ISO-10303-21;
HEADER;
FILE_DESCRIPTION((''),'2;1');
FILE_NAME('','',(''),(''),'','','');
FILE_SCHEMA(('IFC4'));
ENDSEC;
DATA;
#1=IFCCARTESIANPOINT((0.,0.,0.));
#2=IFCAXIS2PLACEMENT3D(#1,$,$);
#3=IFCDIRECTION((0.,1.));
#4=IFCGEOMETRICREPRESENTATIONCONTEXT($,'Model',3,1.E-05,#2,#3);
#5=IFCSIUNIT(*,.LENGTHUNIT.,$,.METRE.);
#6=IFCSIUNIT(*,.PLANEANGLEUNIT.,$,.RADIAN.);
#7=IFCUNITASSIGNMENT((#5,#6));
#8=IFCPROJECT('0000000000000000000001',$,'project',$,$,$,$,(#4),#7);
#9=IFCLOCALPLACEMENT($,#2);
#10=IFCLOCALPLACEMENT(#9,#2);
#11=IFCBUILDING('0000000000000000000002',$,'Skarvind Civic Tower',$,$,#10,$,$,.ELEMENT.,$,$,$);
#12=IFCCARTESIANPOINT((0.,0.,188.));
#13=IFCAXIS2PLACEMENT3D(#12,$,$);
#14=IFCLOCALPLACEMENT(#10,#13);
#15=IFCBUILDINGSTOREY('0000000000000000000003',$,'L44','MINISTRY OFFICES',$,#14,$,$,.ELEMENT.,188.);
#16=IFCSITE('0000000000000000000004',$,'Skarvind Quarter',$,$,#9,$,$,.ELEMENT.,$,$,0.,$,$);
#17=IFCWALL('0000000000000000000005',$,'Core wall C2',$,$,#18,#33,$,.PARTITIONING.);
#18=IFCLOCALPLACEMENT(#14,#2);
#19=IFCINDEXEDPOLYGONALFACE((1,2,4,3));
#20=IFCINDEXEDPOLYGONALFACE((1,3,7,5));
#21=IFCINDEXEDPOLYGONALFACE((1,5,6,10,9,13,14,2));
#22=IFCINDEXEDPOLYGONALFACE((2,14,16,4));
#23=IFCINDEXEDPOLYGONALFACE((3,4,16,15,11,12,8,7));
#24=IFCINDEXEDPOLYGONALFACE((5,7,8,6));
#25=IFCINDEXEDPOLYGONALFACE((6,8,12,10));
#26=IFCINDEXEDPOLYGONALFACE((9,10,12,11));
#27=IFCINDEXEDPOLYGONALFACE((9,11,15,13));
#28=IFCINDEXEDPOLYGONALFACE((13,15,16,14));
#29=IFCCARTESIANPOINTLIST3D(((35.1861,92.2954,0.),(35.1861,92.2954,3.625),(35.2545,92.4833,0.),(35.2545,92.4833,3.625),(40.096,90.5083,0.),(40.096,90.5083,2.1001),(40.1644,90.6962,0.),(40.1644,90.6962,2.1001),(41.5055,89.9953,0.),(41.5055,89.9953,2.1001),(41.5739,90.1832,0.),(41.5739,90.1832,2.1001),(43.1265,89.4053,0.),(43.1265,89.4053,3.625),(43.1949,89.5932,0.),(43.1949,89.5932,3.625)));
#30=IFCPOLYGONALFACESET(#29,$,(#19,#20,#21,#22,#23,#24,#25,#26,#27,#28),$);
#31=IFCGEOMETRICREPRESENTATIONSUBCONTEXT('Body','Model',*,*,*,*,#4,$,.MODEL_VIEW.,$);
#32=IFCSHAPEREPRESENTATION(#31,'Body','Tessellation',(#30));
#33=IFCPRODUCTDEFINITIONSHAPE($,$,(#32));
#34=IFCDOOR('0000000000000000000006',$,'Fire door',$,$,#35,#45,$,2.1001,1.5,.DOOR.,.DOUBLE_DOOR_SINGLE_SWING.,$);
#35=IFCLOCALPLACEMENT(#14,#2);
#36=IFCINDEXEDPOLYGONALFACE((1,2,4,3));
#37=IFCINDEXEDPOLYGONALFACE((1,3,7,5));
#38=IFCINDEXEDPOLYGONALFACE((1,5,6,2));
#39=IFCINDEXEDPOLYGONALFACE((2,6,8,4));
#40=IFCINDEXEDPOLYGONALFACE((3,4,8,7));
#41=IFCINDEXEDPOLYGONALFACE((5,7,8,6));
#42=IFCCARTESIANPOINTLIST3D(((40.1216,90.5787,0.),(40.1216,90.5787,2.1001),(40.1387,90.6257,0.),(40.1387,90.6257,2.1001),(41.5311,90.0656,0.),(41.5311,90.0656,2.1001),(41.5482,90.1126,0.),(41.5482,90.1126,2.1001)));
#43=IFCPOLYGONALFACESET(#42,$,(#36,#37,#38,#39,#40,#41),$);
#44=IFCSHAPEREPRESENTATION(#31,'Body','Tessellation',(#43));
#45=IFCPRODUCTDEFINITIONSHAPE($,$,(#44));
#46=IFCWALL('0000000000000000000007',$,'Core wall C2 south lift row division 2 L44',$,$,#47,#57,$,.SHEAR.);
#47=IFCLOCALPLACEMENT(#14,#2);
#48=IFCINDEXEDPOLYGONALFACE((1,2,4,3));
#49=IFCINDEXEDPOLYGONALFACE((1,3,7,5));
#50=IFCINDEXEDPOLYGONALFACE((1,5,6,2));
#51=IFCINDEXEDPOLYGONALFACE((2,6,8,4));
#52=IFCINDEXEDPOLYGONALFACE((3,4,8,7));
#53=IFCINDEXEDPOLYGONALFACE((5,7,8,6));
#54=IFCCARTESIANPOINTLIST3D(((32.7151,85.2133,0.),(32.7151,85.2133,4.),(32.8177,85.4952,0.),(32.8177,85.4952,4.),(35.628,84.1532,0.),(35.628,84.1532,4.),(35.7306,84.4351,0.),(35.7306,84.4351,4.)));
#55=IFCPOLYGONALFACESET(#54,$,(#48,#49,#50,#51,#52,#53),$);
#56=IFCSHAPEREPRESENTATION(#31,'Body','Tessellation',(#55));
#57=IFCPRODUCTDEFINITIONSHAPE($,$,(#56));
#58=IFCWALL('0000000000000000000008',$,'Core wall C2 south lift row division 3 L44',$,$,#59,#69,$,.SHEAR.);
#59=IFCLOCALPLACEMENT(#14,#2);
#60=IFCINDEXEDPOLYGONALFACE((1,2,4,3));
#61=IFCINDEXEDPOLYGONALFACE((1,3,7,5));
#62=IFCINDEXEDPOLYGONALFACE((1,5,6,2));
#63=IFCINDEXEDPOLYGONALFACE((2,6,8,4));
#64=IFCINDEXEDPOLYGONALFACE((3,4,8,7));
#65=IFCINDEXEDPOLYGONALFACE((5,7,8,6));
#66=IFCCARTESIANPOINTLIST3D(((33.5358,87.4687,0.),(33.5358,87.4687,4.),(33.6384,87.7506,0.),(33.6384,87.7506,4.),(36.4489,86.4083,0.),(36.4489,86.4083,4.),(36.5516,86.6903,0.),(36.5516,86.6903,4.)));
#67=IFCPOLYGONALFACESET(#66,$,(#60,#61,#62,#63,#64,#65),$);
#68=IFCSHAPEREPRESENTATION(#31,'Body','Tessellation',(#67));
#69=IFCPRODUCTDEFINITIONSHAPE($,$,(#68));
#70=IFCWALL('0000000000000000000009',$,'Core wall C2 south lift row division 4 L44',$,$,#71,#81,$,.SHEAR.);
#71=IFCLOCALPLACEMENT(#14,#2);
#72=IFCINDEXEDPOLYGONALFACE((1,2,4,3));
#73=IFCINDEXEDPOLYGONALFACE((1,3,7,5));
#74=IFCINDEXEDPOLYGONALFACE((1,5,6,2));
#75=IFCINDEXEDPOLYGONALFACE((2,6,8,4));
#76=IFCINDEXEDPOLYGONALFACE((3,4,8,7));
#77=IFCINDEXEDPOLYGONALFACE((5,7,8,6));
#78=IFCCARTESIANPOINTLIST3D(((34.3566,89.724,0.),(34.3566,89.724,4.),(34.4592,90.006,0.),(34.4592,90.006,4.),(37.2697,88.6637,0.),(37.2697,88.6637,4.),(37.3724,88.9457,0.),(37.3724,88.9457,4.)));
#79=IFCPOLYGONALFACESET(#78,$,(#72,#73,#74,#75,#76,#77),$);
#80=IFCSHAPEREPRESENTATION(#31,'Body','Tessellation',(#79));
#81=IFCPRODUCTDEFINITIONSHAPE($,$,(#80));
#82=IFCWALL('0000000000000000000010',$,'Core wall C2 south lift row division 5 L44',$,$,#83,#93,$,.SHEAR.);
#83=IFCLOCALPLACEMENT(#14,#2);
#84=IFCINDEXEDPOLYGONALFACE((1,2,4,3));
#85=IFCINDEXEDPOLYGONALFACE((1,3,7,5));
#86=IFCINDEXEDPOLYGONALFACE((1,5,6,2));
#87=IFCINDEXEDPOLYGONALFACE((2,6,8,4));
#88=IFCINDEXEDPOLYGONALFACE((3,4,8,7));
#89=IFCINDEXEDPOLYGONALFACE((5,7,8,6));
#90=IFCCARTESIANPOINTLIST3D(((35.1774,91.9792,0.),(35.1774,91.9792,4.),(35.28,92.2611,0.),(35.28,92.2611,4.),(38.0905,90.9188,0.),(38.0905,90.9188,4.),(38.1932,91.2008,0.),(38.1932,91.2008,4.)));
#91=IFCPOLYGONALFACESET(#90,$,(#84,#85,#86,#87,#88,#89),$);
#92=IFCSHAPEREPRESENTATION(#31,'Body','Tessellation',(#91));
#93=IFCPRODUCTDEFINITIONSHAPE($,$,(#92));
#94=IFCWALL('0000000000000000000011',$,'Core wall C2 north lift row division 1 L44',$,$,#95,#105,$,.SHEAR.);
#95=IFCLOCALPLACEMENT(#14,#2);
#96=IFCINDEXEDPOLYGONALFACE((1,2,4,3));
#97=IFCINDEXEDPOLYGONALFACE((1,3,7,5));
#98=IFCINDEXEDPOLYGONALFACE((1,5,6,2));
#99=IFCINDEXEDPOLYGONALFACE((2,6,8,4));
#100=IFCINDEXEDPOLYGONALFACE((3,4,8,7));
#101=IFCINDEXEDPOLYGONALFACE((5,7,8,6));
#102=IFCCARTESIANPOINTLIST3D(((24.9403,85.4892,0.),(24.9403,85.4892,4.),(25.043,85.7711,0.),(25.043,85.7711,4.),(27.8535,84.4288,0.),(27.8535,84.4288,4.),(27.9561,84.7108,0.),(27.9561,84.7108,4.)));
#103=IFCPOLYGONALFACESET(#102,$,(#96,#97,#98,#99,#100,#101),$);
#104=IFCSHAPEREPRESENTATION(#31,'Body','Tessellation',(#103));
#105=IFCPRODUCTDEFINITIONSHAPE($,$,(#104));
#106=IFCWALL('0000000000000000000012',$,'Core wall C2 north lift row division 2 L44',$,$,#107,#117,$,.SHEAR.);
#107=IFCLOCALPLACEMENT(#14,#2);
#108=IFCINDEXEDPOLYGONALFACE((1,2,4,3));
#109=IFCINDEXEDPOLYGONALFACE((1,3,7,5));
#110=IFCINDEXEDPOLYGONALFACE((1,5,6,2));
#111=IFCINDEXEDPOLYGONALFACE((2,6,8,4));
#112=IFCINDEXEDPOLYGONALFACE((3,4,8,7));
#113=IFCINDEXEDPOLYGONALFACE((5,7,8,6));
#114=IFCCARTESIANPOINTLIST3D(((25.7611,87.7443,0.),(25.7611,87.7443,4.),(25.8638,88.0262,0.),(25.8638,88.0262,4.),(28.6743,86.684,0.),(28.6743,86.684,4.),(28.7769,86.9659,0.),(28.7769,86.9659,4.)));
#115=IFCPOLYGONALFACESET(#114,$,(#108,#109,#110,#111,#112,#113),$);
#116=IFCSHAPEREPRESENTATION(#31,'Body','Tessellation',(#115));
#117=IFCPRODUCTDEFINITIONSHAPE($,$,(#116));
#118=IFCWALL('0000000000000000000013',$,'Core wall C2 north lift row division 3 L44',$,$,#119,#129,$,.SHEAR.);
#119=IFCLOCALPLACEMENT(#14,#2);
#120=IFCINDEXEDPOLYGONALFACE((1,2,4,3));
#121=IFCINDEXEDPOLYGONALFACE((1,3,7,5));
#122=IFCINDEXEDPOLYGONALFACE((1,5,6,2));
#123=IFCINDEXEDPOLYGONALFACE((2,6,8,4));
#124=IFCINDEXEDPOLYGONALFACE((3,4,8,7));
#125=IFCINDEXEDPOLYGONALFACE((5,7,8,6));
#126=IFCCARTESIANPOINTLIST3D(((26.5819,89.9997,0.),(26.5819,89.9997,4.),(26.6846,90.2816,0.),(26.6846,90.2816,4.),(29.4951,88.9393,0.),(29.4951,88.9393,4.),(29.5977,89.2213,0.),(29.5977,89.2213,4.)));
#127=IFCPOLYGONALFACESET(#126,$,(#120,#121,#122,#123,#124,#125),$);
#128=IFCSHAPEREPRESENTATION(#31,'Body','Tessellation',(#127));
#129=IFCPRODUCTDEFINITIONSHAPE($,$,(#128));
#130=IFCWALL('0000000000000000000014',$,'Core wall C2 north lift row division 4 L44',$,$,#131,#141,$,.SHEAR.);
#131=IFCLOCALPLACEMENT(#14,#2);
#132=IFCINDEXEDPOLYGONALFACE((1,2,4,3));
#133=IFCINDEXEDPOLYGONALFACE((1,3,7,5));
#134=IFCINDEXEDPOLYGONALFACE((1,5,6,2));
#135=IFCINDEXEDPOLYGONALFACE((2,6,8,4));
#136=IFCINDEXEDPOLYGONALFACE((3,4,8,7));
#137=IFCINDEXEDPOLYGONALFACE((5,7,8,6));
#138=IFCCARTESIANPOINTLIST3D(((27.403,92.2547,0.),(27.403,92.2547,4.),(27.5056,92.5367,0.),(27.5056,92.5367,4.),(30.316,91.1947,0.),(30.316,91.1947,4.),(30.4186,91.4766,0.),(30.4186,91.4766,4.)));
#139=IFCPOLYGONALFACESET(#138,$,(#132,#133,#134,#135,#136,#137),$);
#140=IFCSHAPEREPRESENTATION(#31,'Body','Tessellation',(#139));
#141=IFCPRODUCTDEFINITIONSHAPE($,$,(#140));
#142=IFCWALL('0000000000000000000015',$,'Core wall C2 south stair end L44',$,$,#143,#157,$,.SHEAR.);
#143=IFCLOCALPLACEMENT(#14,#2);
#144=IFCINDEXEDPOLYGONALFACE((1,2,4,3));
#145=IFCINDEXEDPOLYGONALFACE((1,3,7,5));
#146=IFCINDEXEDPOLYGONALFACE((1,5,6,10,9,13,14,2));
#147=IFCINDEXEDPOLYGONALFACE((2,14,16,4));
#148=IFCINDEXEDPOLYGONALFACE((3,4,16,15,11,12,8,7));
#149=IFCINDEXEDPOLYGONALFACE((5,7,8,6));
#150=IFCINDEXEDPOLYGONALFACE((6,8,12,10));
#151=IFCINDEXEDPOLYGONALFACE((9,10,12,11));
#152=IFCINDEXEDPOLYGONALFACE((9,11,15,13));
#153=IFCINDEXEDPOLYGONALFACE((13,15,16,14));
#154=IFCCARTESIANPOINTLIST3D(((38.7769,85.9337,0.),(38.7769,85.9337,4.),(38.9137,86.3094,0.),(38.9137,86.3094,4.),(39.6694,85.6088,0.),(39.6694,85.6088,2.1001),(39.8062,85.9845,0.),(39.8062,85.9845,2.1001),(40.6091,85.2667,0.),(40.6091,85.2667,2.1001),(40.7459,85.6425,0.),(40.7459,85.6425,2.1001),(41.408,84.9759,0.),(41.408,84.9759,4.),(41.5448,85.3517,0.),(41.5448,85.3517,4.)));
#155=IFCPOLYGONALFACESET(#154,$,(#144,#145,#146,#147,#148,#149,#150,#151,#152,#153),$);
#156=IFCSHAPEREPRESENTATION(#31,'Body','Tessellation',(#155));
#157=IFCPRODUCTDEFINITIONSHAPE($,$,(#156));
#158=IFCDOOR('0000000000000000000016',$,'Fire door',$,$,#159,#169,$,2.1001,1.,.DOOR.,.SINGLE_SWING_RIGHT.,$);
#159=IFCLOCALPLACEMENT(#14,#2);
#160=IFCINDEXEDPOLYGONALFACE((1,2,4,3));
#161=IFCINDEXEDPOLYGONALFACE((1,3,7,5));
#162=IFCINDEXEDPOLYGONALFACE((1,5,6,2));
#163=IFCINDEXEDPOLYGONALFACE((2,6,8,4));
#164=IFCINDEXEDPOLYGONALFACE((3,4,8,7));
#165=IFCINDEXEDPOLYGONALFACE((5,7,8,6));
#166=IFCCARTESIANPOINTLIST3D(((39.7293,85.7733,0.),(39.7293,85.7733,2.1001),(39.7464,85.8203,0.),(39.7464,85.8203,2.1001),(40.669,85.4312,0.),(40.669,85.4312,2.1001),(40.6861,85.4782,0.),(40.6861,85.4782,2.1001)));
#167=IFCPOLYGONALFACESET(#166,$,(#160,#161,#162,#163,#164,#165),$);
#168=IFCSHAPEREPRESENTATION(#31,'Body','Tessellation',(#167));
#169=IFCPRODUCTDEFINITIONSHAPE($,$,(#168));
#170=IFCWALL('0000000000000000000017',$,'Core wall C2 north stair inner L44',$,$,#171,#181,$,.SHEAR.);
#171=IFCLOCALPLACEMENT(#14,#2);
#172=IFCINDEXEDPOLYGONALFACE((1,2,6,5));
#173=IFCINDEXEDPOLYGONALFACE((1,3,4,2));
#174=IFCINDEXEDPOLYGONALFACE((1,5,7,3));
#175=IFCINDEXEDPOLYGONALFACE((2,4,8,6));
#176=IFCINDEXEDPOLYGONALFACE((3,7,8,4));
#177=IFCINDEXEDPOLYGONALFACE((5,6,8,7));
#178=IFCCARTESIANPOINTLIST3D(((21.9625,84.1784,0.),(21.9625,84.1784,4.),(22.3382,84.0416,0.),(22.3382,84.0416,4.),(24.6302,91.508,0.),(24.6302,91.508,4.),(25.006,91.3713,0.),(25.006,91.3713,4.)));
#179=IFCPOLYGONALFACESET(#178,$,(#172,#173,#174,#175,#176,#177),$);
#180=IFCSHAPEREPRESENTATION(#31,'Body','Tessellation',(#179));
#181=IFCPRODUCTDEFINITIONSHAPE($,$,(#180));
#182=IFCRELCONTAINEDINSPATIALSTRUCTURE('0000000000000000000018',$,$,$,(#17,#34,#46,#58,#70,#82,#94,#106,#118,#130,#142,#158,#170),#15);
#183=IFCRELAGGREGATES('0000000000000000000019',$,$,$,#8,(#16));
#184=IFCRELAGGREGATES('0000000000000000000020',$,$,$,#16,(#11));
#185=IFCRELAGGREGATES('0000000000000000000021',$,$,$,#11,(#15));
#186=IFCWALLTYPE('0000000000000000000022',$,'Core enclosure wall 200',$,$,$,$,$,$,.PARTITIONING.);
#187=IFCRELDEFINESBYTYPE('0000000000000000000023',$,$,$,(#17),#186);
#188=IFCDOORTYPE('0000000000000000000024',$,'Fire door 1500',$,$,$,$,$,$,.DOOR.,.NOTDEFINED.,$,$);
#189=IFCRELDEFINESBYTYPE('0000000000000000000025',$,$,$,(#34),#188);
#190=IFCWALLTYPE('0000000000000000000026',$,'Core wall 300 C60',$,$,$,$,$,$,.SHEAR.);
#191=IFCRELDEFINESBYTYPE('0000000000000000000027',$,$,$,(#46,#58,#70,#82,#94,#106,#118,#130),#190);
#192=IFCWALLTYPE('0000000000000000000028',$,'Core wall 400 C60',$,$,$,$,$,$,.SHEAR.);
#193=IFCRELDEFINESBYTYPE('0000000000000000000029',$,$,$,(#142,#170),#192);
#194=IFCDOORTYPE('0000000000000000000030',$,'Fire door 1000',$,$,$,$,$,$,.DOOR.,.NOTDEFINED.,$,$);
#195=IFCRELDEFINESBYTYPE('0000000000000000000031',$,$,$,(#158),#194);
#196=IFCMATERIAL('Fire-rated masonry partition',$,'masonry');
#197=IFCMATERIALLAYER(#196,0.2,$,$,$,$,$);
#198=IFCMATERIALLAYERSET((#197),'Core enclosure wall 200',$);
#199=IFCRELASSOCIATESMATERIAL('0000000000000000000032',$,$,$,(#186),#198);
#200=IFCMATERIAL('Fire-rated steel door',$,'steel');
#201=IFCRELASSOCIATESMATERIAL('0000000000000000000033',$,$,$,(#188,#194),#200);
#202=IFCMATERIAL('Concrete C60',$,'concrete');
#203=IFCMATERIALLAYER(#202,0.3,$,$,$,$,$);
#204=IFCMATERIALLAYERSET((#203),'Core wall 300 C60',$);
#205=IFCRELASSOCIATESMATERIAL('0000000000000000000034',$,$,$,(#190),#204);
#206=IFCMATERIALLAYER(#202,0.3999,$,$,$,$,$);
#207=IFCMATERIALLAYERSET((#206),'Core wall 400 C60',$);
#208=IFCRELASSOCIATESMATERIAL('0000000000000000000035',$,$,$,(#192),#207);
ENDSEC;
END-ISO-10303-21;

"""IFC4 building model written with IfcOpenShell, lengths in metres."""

from ifc_helpers import new_model, si_unit, direction, frame, frame_2d, origin, place, context, subcontext, project, spatial, rectangle, extrude, material, layer, layer_set, type_object, element, fill, save


model = new_model("IFC4")

# Units and contexts
model_context = context("Model", 3, precision=1e-05, world=origin(), true_north=direction((0.0, 1.0)))
body_context = subcontext(model_context, "Body", "Model", "MODEL_VIEW")
ifc_project = project(units=[si_unit("LENGTHUNIT", "METRE"), si_unit("PLANEANGLEUNIT", "RADIAN")], contexts=[model_context])

# Site, building, storey
site_placement = place(None, origin())
site = spatial("IfcSite", under=ifc_project, at=site_placement, Name="Skarvind Quarter", CompositionType="ELEMENT", RefElevation=0.0)
building_placement = place(site_placement, origin())
building = spatial("IfcBuilding", under=site, at=building_placement, Name="Skarvind Civic Tower", CompositionType="ELEMENT")
storey_placement = place(building_placement, frame((0.0, 0.0, 188.0)))
storey = spatial("IfcBuildingStorey", under=building, at=storey_placement, Name="L44", Description="MINISTRY OFFICES", CompositionType="ELEMENT", Elevation=188.0)

# Wall, opening, door
ifc_material_1 = material(Name="Fire-rated masonry partition", Category="masonry")
ifc_layer_1 = layer(ifc_material_1, 0.2)
ifc_layer_set_1 = layer_set([ifc_layer_1], Name="Core enclosure wall 200")
wall_type_1 = type_object("IfcWallType", Name="Core enclosure wall 200", PredefinedType="PARTITIONING", material=ifc_layer_set_1)
wall_1_placement = place(storey_placement, frame((35.2202, 92.3894, 0.0), z_axis=(0.0, 0.0, 1.0), x_axis=(0.93969, -0.342026, 0.0)))
wall_1 = element("IfcWall", 1, at=wall_1_placement, inside=storey, type_object=wall_type_1, Name="Core wall C2", PredefinedType="PARTITIONING", context=body_context, shape_type="SweptSolid", body=[
    extrude(rectangle(XDim=8.45, YDim=0.2, at=frame_2d((4.2251, 0.0))), origin(), (0.0, 0.0, 1.0), 3.625),
])
opening_1_placement = place(wall_1_placement, frame((5.2251, 0.0, 0.0)))
opening_1 = element("IfcOpeningElement", 2, at=opening_1_placement, cuts=wall_1, PredefinedType="OPENING", context=body_context, shape_type="SweptSolid", body=[
    extrude(rectangle(XDim=1.5, YDim=2.1001, at=frame_2d((0.75, 1.05))), frame((0.0, 0.1099, 0.0), z_axis=(0.0, -1.0, 0.0), x_axis=(1.0, 0.0, 0.0)), (0.0, 0.0, 1.0), 0.22),
])
ifc_material_2 = material(Name="Fire-rated steel door", Category="steel")
door_type_1 = type_object("IfcDoorType", Name="Fire door 1500", OperationType="NOTDEFINED", PredefinedType="DOOR", material=ifc_material_2)
door_1_placement = place(opening_1_placement, origin())
door_1 = element("IfcDoor", 3, at=door_1_placement, inside=storey, type_object=door_type_1, Name="Fire door", OperationType="DOUBLE_DOOR_SINGLE_SWING", OverallHeight=2.1001, OverallWidth=1.5, PredefinedType="DOOR", context=body_context, shape_type="SweptSolid", body=[
    extrude(rectangle(XDim=1.5, YDim=2.1001, at=frame_2d((0.75, 1.05))), frame((0.0, 0.0249, 0.0), z_axis=(0.0, -1.0, 0.0), x_axis=(1.0, 0.0, 0.0)), (0.0, 0.0, 1.0), 0.05),
])
fill(opening_1, door_1)

# Walls
ifc_material_3 = material(Name="Concrete C60", Category="concrete")
ifc_layer_2 = layer(ifc_material_3, 0.3)
ifc_layer_set_2 = layer_set([ifc_layer_2], Name="Core wall 300 C60")
wall_type_2 = type_object("IfcWallType", Name="Core wall 300 C60", PredefinedType="SHEAR", material=ifc_layer_set_2)
wall_2_placement = place(storey_placement, frame((35.6792, 84.2942, 0.0), z_axis=(0.0, 0.0, 1.0), x_axis=(-0.939706, 0.341983, 0.0)))
element("IfcWall", 4, at=wall_2_placement, inside=storey, type_object=wall_type_2, Name="Core wall C2 south lift row division 2 L44", PredefinedType="SHEAR", context=body_context, shape_type="SweptSolid", body=[
    extrude(rectangle(XDim=3.0999, YDim=0.3, at=frame_2d((1.5498, 0.0))), origin(), (0.0, 0.0, 1.0), 4.0),
])
for number, where, z_axis, x_axis, name in (
    (5, (36.5002, 86.5493, 0.0), (0.0, 0.0, 1.0), (-0.93969, 0.342028, 0.0), "Core wall C2 south lift row division 3 L44"),
    (6, (37.321, 88.8047, 0.0), (0.0, 0.0, 1.0), (-0.93969, 0.342028, 0.0), "Core wall C2 south lift row division 4 L44"),
    (7, (38.1418, 91.0598, 0.0), (0.0, 0.0, 1.0), (-0.93969, 0.342028, 0.0), "Core wall C2 south lift row division 5 L44"),
    (8, (27.9048, 84.5698, 0.0), (0.0, 0.0, 1.0), (-0.93969, 0.342028, 0.0), "Core wall C2 north lift row division 1 L44"),
    (9, (28.7256, 86.825, 0.0), (0.0, 0.0, 1.0), (-0.93969, 0.342028, 0.0), "Core wall C2 north lift row division 2 L44"),
    (10, (29.5464, 89.0803, 0.0), (0.0, 0.0, 1.0), (-0.93969, 0.342028, 0.0), "Core wall C2 north lift row division 3 L44"),
):
    element("IfcWall", number, at=place(storey_placement, frame(where, z_axis=z_axis, x_axis=x_axis)), inside=storey, type_object=wall_type_2, Name=name, PredefinedType="SHEAR", context=body_context, shape_type="SweptSolid", body=[
        extrude(rectangle(XDim=3.1001, YDim=0.3, at=frame_2d((1.55, 0.0))), origin(), (0.0, 0.0, 1.0), 4.0),
    ])
wall_3_placement = place(storey_placement, frame((30.3672, 91.3357, 0.0), z_axis=(0.0, 0.0, 1.0), x_axis=(-0.939715, 0.341958, 0.0)))
element("IfcWall", 11, at=wall_3_placement, inside=storey, type_object=wall_type_2, Name="Core wall C2 north lift row division 4 L44", PredefinedType="SHEAR", context=body_context, shape_type="SweptSolid", body=[
    extrude(rectangle(XDim=3.0999, YDim=0.3, at=frame_2d((1.5498, 0.0))), origin(), (0.0, 0.0, 1.0), 4.0),
])

# Wall, opening, door
ifc_layer_3 = layer(ifc_material_3, 0.3999)
ifc_layer_set_3 = layer_set([ifc_layer_3], Name="Core wall 400 C60")
wall_type_3 = type_object("IfcWallType", Name="Core wall 400 C60", PredefinedType="SHEAR", material=ifc_layer_set_3)
wall_4_placement = place(storey_placement, frame((41.4763, 85.1638, 0.0), z_axis=(0.0, 0.0, 1.0), x_axis=(-0.939679, 0.342058, 0.0)))
wall_4 = element("IfcWall", 12, at=wall_4_placement, inside=storey, type_object=wall_type_3, Name="Core wall C2 south stair end L44", PredefinedType="SHEAR", context=body_context, shape_type="SweptSolid", body=[
    extrude(rectangle(XDim=2.8, YDim=0.3999, at=frame_2d((1.3999, 0.0))), origin(), (0.0, 0.0, 1.0), 4.0),
])
opening_2_placement = place(wall_4_placement, frame((0.8501, 0.0, 0.0)))
opening_2 = element("IfcOpeningElement", 13, at=opening_2_placement, cuts=wall_4, PredefinedType="OPENING", context=body_context, shape_type="SweptSolid", body=[
    extrude(rectangle(XDim=1.0, YDim=2.1001, at=frame_2d((0.5, 1.05))), frame((0.0, 0.21, 0.0), z_axis=(0.0, -1.0, 0.0), x_axis=(1.0, 0.0, 0.0)), (0.0, 0.0, 1.0), 0.4199),
])
door_type_2 = type_object("IfcDoorType", Name="Fire door 1000", OperationType="NOTDEFINED", PredefinedType="DOOR", material=ifc_material_2)
door_2_placement = place(opening_2_placement, origin())
door_2 = element("IfcDoor", 14, at=door_2_placement, inside=storey, type_object=door_type_2, Name="Fire door", OperationType="SINGLE_SWING_RIGHT", OverallHeight=2.1001, OverallWidth=1.0, PredefinedType="DOOR", context=body_context, shape_type="SweptSolid", body=[
    extrude(rectangle(XDim=1.0, YDim=2.1001, at=frame_2d((0.5, 1.05))), frame((0.0, 0.0249, 0.0), z_axis=(0.0, -1.0, 0.0), x_axis=(1.0, 0.0, 0.0)), (0.0, 0.0, 1.0), 0.05),
])
fill(opening_2, door_2)

# Wall
wall_5_placement = place(storey_placement, frame((22.1504, 84.1101, 0.0), z_axis=(0.0, 0.0, 1.0), x_axis=(0.342017, 0.939694, 0.0)))
element("IfcWall", 15, at=wall_5_placement, inside=storey, type_object=wall_type_3, Name="Core wall C2 north stair inner L44", PredefinedType="SHEAR", context=body_context, shape_type="SweptSolid", body=[
    extrude(rectangle(XDim=7.8, YDim=0.3999, at=frame_2d((3.8999, 0.0))), origin(), (0.0, 0.0, 1.0), 4.0),
])

save(model, "model.ifc")
